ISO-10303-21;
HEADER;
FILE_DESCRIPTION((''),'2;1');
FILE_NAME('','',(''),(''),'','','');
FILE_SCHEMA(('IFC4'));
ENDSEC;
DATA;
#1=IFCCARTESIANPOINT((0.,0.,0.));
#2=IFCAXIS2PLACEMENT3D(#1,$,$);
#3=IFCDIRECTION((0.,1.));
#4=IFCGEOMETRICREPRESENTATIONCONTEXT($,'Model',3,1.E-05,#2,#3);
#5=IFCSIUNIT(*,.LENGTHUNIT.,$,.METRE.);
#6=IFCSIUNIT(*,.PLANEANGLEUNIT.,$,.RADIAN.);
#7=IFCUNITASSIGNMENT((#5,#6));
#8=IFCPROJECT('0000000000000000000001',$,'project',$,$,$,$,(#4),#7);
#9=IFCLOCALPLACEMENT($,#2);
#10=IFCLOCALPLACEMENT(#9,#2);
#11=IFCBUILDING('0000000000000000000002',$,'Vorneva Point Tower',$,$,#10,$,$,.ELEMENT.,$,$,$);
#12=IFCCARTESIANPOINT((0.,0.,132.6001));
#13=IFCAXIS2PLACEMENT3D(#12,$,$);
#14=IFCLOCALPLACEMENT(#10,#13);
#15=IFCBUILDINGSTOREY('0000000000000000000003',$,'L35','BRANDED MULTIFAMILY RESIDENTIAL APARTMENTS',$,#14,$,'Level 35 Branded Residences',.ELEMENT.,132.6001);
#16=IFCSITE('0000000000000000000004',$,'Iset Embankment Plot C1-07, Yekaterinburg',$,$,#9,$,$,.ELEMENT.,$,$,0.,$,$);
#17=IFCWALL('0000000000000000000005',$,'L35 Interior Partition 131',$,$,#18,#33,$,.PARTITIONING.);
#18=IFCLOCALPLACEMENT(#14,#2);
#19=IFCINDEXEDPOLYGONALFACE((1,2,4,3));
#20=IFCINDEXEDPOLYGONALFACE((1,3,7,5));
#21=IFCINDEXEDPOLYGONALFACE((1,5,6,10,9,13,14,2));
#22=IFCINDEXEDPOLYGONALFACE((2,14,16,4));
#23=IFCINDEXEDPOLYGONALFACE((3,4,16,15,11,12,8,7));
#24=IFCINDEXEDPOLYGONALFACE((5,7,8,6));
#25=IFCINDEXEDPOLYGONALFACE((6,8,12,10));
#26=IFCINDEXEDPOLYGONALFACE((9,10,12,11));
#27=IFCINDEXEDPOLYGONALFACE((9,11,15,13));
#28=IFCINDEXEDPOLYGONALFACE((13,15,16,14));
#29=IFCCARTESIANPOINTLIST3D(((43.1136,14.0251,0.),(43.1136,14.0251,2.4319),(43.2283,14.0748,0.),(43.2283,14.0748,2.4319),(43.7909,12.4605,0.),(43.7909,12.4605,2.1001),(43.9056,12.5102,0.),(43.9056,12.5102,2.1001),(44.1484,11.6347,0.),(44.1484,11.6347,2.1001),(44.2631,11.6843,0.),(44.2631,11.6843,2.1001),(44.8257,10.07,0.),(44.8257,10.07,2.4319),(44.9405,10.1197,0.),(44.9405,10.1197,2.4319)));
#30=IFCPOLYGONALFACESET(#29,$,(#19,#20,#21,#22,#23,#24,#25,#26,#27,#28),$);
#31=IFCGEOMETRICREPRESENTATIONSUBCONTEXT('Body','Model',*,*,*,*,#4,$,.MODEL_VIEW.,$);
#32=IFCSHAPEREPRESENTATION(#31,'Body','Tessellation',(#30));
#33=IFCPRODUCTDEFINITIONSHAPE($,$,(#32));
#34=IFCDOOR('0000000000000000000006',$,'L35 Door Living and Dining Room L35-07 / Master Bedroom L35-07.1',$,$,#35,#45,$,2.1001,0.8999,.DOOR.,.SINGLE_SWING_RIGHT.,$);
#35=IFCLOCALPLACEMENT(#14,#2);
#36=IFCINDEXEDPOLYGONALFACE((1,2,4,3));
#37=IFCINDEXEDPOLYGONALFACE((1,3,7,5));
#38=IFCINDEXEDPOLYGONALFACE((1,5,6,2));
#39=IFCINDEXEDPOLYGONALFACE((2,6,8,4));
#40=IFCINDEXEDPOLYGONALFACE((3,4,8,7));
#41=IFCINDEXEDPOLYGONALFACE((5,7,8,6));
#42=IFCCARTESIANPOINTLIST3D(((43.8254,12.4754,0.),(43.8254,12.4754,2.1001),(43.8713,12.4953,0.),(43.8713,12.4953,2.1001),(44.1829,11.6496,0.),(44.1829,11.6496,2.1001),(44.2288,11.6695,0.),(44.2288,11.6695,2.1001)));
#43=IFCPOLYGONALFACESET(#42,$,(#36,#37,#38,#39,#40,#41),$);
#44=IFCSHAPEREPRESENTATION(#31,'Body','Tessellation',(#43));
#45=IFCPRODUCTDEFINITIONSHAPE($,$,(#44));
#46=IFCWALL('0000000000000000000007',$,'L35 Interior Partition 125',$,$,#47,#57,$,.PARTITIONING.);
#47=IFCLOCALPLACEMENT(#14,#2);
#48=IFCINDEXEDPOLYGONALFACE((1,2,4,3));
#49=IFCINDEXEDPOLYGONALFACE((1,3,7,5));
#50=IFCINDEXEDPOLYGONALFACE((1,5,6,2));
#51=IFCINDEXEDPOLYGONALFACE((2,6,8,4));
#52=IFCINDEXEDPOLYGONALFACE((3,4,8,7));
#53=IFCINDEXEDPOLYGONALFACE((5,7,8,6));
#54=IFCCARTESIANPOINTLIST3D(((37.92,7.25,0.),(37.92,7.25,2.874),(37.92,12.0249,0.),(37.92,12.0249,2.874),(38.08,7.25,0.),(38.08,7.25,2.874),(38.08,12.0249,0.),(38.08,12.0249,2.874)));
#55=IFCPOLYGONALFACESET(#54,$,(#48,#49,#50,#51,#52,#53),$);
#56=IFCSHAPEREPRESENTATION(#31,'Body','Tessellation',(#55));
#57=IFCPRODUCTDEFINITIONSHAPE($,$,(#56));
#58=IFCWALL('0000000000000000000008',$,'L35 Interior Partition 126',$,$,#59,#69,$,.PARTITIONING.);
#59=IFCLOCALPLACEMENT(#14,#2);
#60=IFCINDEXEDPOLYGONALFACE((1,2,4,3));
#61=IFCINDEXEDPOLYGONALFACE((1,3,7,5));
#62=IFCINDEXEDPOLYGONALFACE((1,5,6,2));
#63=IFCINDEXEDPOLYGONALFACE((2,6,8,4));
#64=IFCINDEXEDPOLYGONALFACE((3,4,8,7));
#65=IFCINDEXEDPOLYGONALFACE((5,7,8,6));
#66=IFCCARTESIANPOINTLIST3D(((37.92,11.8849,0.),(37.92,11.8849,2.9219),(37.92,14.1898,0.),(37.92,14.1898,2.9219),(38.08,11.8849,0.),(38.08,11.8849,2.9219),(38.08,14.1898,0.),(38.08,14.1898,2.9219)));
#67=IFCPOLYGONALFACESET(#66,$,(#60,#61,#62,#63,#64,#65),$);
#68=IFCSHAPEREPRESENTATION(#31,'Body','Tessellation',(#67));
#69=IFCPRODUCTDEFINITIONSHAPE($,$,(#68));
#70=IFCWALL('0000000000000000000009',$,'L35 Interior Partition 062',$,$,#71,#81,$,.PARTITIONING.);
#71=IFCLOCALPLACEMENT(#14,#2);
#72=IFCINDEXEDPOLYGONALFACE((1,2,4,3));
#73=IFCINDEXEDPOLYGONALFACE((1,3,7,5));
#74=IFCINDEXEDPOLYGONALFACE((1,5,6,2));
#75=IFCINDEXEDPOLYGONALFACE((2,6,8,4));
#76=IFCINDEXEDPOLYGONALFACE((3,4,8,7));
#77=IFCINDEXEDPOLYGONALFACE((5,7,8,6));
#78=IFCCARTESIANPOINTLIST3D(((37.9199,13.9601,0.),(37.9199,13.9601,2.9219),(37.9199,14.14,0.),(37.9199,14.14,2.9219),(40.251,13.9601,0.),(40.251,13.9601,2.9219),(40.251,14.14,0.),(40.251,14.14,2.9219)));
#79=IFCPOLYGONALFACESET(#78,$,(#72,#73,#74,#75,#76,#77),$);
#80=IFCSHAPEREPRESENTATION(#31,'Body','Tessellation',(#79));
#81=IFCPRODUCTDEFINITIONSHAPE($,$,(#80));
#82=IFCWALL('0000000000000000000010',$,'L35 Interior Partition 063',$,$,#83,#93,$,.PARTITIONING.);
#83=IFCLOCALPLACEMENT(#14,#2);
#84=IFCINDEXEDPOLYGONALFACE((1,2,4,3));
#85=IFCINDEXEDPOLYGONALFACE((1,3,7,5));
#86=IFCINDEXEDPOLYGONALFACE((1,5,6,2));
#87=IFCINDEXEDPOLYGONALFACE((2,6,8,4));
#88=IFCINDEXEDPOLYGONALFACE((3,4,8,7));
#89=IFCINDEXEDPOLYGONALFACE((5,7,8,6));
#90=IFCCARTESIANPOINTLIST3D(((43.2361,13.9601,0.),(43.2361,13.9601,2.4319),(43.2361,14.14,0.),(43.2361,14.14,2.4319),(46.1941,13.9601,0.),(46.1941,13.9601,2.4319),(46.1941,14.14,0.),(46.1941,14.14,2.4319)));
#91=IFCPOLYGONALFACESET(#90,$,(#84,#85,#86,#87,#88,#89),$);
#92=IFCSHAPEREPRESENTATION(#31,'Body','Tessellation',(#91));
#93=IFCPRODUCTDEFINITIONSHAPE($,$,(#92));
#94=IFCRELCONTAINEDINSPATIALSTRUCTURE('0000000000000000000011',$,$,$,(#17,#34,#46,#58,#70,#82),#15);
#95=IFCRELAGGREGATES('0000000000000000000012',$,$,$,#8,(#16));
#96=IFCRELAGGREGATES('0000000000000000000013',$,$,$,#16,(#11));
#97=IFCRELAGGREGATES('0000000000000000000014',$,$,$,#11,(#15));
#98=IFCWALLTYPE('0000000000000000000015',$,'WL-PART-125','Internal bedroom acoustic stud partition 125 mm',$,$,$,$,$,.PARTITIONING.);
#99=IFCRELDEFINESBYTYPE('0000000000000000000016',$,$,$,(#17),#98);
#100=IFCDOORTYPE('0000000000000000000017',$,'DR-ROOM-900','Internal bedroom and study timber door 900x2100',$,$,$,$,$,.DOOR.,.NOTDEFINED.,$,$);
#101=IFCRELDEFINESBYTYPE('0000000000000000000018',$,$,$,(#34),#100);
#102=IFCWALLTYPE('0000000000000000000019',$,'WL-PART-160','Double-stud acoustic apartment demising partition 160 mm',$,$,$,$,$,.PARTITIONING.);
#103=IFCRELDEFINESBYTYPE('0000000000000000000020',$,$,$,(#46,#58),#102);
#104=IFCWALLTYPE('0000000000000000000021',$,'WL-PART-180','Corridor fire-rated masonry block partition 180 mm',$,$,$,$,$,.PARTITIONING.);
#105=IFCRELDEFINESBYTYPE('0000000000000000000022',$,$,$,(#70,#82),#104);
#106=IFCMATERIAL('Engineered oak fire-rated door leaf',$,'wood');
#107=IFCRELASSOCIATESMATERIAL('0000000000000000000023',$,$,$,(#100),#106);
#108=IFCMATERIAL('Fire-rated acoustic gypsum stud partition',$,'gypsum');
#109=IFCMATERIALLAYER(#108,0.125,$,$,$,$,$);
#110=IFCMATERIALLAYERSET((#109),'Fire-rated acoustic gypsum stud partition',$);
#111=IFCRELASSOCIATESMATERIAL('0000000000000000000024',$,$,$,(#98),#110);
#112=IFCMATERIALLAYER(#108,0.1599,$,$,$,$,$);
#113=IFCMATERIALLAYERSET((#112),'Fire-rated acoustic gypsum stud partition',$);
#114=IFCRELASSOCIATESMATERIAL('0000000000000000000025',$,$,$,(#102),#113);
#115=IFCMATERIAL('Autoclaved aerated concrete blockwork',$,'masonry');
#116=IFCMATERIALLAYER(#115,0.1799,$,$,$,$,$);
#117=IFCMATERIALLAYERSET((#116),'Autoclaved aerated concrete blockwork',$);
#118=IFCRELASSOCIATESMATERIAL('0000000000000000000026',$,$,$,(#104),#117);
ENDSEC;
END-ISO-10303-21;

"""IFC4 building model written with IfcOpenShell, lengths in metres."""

from ifc_helpers import new_model, si_unit, direction, frame, frame_2d, origin, place, context, subcontext, project, spatial, rectangle, extrude, material, layer, layer_set, type_object, element, fill, save


model = new_model("IFC4")

# Units and contexts
model_context = context("Model", 3, precision=1e-05, world=origin(), true_north=direction((0.0, 1.0)))
body_context = subcontext(model_context, "Body", "Model", "MODEL_VIEW")
ifc_project = project(units=[si_unit("LENGTHUNIT", "METRE"), si_unit("PLANEANGLEUNIT", "RADIAN")], contexts=[model_context])

# Site, building, storey
site_placement = place(None, origin())
site = spatial("IfcSite", under=ifc_project, at=site_placement, Name="Iset Embankment Plot C1-07, Yekaterinburg", CompositionType="ELEMENT", RefElevation=0.0)
building_placement = place(site_placement, origin())
building = spatial("IfcBuilding", under=site, at=building_placement, Name="Vorneva Point Tower", CompositionType="ELEMENT")
storey_placement = place(building_placement, frame((0.0, 0.0, 132.6001)))
storey = spatial("IfcBuildingStorey", under=building, at=storey_placement, Name="L35", Description="BRANDED MULTIFAMILY RESIDENTIAL APARTMENTS", LongName="Level 35 Branded Residences", CompositionType="ELEMENT", Elevation=132.6001)

# Shared definitions
ifc_material_1 = material(Name="Fire-rated acoustic gypsum stud partition", Category="gypsum")
ifc_material_2 = material(Name="Engineered oak fire-rated door leaf", Category="wood")
door_type_1 = type_object("IfcDoorType", Name="DR-ROOM-900", Description="Internal bedroom and study timber door 900x2100", OperationType="NOTDEFINED", PredefinedType="DOOR", material=ifc_material_2)

# Wall, opening, door
ifc_layer_1 = layer(ifc_material_1, 0.125)
ifc_layer_set_1 = layer_set([ifc_layer_1], Name="Fire-rated acoustic gypsum stud partition")
wall_type_1 = type_object("IfcWallType", Name="WL-PART-125", Description="Internal bedroom acoustic stud partition 125 mm", PredefinedType="PARTITIONING", material=ifc_layer_set_1)
wall_1_placement = place(storey_placement, frame((44.8831, 10.095, 0.0), z_axis=(0.0, 0.0, 1.0), x_axis=(-0.397274, 0.9177, 0.0)))
wall_1 = element("IfcWall", 1, at=wall_1_placement, inside=storey, type_object=wall_type_1, Name="L35 Interior Partition 131", PredefinedType="PARTITIONING", context=body_context, shape_type="SweptSolid", body=[
    extrude(rectangle(XDim=4.3098, YDim=0.125, at=frame_2d((2.1548, 0.0))), origin(), (0.0, 0.0, 1.0), 2.4319),
])
opening_1_placement = place(wall_1_placement, frame((1.7048, 0.0, 0.0)))
opening_1 = element("IfcOpeningElement", 2, at=opening_1_placement, cuts=wall_1, PredefinedType="OPENING", context=body_context, shape_type="SweptSolid", body=[
    extrude(rectangle(XDim=0.8999, YDim=2.1001, at=frame_2d((0.45, 1.05))), frame((0.0, 0.0774, 0.0), z_axis=(0.0, -1.0, 0.0), x_axis=(1.0, 0.0, 0.0)), (0.0, 0.0, 1.0), 0.1548),
])
door_1_placement = place(opening_1_placement, origin())
door_1 = element("IfcDoor", 3, at=door_1_placement, inside=storey, type_object=door_type_1, Name="L35 Door Living and Dining Room L35-07 / Master Bedroom L35-07.1", OperationType="SINGLE_SWING_RIGHT", OverallHeight=2.1001, OverallWidth=0.8999, PredefinedType="DOOR", context=body_context, shape_type="SweptSolid", body=[
    extrude(rectangle(XDim=0.8999, YDim=2.1001, at=frame_2d((0.45, 1.05))), frame((0.0, 0.0249, 0.0), z_axis=(0.0, -1.0, 0.0), x_axis=(1.0, 0.0, 0.0)), (0.0, 0.0, 1.0), 0.05),
])
fill(opening_1, door_1)

# Walls
ifc_layer_2 = layer(ifc_material_1, 0.1599)
ifc_layer_set_2 = layer_set([ifc_layer_2], Name="Fire-rated acoustic gypsum stud partition")
wall_type_2 = type_object("IfcWallType", Name="WL-PART-160", Description="Double-stud acoustic apartment demising partition 160 mm", PredefinedType="PARTITIONING", material=ifc_layer_set_2)
wall_2_placement = place(storey_placement, frame((38.0, 7.25, 0.0), z_axis=(0.0, 0.0, 1.0), x_axis=(0.0, 1.0, 0.0)))
element("IfcWall", 4, at=wall_2_placement, inside=storey, type_object=wall_type_2, Name="L35 Interior Partition 125", PredefinedType="PARTITIONING", context=body_context, shape_type="SweptSolid", body=[
    extrude(rectangle(XDim=4.7749, YDim=0.1599, at=frame_2d((2.3875, 0.0))), origin(), (0.0, 0.0, 1.0), 2.874),
])
wall_3_placement = place(storey_placement, frame((38.0, 11.885, 0.0), z_axis=(0.0, 0.0, 1.0), x_axis=(0.0, 1.0, 0.0)))
element("IfcWall", 5, at=wall_3_placement, inside=storey, type_object=wall_type_2, Name="L35 Interior Partition 126", PredefinedType="PARTITIONING", context=body_context, shape_type="SweptSolid", body=[
    extrude(rectangle(XDim=2.3049, YDim=0.1599, at=frame_2d((1.1523, 0.0))), origin(), (0.0, 0.0, 1.0), 2.9219),
])

# Shared definitions
ifc_material_3 = material(Name="Autoclaved aerated concrete blockwork", Category="masonry")
ifc_layer_3 = layer(ifc_material_3, 0.1799)
ifc_layer_set_3 = layer_set([ifc_layer_3], Name="Autoclaved aerated concrete blockwork")
wall_type_3 = type_object("IfcWallType", Name="WL-PART-180", Description="Corridor fire-rated masonry block partition 180 mm", PredefinedType="PARTITIONING", material=ifc_layer_set_3)

# Walls
wall_4_placement = place(storey_placement, frame((37.9199, 14.05, 0.0), z_axis=(0.0, 0.0, 1.0), x_axis=(1.0, 0.0, 0.0)))
element("IfcWall", 6, at=wall_4_placement, inside=storey, type_object=wall_type_3, Name="L35 Interior Partition 062", PredefinedType="PARTITIONING", context=body_context, shape_type="SweptSolid", body=[
    extrude(rectangle(XDim=2.3311, YDim=0.1799, at=frame_2d((1.1655, 0.0))), origin(), (0.0, 0.0, 1.0), 2.9219),
])
wall_5_placement = place(storey_placement, frame((43.2361, 14.05, 0.0), z_axis=(0.0, 0.0, 1.0), x_axis=(1.0, 0.0, 0.0)))
element("IfcWall", 7, at=wall_5_placement, inside=storey, type_object=wall_type_3, Name="L35 Interior Partition 063", PredefinedType="PARTITIONING", context=body_context, shape_type="SweptSolid", body=[
    extrude(rectangle(XDim=2.958, YDim=0.1799, at=frame_2d((1.479, 0.0))), origin(), (0.0, 0.0, 1.0), 2.4319),
])

save(model, "model.ifc")
